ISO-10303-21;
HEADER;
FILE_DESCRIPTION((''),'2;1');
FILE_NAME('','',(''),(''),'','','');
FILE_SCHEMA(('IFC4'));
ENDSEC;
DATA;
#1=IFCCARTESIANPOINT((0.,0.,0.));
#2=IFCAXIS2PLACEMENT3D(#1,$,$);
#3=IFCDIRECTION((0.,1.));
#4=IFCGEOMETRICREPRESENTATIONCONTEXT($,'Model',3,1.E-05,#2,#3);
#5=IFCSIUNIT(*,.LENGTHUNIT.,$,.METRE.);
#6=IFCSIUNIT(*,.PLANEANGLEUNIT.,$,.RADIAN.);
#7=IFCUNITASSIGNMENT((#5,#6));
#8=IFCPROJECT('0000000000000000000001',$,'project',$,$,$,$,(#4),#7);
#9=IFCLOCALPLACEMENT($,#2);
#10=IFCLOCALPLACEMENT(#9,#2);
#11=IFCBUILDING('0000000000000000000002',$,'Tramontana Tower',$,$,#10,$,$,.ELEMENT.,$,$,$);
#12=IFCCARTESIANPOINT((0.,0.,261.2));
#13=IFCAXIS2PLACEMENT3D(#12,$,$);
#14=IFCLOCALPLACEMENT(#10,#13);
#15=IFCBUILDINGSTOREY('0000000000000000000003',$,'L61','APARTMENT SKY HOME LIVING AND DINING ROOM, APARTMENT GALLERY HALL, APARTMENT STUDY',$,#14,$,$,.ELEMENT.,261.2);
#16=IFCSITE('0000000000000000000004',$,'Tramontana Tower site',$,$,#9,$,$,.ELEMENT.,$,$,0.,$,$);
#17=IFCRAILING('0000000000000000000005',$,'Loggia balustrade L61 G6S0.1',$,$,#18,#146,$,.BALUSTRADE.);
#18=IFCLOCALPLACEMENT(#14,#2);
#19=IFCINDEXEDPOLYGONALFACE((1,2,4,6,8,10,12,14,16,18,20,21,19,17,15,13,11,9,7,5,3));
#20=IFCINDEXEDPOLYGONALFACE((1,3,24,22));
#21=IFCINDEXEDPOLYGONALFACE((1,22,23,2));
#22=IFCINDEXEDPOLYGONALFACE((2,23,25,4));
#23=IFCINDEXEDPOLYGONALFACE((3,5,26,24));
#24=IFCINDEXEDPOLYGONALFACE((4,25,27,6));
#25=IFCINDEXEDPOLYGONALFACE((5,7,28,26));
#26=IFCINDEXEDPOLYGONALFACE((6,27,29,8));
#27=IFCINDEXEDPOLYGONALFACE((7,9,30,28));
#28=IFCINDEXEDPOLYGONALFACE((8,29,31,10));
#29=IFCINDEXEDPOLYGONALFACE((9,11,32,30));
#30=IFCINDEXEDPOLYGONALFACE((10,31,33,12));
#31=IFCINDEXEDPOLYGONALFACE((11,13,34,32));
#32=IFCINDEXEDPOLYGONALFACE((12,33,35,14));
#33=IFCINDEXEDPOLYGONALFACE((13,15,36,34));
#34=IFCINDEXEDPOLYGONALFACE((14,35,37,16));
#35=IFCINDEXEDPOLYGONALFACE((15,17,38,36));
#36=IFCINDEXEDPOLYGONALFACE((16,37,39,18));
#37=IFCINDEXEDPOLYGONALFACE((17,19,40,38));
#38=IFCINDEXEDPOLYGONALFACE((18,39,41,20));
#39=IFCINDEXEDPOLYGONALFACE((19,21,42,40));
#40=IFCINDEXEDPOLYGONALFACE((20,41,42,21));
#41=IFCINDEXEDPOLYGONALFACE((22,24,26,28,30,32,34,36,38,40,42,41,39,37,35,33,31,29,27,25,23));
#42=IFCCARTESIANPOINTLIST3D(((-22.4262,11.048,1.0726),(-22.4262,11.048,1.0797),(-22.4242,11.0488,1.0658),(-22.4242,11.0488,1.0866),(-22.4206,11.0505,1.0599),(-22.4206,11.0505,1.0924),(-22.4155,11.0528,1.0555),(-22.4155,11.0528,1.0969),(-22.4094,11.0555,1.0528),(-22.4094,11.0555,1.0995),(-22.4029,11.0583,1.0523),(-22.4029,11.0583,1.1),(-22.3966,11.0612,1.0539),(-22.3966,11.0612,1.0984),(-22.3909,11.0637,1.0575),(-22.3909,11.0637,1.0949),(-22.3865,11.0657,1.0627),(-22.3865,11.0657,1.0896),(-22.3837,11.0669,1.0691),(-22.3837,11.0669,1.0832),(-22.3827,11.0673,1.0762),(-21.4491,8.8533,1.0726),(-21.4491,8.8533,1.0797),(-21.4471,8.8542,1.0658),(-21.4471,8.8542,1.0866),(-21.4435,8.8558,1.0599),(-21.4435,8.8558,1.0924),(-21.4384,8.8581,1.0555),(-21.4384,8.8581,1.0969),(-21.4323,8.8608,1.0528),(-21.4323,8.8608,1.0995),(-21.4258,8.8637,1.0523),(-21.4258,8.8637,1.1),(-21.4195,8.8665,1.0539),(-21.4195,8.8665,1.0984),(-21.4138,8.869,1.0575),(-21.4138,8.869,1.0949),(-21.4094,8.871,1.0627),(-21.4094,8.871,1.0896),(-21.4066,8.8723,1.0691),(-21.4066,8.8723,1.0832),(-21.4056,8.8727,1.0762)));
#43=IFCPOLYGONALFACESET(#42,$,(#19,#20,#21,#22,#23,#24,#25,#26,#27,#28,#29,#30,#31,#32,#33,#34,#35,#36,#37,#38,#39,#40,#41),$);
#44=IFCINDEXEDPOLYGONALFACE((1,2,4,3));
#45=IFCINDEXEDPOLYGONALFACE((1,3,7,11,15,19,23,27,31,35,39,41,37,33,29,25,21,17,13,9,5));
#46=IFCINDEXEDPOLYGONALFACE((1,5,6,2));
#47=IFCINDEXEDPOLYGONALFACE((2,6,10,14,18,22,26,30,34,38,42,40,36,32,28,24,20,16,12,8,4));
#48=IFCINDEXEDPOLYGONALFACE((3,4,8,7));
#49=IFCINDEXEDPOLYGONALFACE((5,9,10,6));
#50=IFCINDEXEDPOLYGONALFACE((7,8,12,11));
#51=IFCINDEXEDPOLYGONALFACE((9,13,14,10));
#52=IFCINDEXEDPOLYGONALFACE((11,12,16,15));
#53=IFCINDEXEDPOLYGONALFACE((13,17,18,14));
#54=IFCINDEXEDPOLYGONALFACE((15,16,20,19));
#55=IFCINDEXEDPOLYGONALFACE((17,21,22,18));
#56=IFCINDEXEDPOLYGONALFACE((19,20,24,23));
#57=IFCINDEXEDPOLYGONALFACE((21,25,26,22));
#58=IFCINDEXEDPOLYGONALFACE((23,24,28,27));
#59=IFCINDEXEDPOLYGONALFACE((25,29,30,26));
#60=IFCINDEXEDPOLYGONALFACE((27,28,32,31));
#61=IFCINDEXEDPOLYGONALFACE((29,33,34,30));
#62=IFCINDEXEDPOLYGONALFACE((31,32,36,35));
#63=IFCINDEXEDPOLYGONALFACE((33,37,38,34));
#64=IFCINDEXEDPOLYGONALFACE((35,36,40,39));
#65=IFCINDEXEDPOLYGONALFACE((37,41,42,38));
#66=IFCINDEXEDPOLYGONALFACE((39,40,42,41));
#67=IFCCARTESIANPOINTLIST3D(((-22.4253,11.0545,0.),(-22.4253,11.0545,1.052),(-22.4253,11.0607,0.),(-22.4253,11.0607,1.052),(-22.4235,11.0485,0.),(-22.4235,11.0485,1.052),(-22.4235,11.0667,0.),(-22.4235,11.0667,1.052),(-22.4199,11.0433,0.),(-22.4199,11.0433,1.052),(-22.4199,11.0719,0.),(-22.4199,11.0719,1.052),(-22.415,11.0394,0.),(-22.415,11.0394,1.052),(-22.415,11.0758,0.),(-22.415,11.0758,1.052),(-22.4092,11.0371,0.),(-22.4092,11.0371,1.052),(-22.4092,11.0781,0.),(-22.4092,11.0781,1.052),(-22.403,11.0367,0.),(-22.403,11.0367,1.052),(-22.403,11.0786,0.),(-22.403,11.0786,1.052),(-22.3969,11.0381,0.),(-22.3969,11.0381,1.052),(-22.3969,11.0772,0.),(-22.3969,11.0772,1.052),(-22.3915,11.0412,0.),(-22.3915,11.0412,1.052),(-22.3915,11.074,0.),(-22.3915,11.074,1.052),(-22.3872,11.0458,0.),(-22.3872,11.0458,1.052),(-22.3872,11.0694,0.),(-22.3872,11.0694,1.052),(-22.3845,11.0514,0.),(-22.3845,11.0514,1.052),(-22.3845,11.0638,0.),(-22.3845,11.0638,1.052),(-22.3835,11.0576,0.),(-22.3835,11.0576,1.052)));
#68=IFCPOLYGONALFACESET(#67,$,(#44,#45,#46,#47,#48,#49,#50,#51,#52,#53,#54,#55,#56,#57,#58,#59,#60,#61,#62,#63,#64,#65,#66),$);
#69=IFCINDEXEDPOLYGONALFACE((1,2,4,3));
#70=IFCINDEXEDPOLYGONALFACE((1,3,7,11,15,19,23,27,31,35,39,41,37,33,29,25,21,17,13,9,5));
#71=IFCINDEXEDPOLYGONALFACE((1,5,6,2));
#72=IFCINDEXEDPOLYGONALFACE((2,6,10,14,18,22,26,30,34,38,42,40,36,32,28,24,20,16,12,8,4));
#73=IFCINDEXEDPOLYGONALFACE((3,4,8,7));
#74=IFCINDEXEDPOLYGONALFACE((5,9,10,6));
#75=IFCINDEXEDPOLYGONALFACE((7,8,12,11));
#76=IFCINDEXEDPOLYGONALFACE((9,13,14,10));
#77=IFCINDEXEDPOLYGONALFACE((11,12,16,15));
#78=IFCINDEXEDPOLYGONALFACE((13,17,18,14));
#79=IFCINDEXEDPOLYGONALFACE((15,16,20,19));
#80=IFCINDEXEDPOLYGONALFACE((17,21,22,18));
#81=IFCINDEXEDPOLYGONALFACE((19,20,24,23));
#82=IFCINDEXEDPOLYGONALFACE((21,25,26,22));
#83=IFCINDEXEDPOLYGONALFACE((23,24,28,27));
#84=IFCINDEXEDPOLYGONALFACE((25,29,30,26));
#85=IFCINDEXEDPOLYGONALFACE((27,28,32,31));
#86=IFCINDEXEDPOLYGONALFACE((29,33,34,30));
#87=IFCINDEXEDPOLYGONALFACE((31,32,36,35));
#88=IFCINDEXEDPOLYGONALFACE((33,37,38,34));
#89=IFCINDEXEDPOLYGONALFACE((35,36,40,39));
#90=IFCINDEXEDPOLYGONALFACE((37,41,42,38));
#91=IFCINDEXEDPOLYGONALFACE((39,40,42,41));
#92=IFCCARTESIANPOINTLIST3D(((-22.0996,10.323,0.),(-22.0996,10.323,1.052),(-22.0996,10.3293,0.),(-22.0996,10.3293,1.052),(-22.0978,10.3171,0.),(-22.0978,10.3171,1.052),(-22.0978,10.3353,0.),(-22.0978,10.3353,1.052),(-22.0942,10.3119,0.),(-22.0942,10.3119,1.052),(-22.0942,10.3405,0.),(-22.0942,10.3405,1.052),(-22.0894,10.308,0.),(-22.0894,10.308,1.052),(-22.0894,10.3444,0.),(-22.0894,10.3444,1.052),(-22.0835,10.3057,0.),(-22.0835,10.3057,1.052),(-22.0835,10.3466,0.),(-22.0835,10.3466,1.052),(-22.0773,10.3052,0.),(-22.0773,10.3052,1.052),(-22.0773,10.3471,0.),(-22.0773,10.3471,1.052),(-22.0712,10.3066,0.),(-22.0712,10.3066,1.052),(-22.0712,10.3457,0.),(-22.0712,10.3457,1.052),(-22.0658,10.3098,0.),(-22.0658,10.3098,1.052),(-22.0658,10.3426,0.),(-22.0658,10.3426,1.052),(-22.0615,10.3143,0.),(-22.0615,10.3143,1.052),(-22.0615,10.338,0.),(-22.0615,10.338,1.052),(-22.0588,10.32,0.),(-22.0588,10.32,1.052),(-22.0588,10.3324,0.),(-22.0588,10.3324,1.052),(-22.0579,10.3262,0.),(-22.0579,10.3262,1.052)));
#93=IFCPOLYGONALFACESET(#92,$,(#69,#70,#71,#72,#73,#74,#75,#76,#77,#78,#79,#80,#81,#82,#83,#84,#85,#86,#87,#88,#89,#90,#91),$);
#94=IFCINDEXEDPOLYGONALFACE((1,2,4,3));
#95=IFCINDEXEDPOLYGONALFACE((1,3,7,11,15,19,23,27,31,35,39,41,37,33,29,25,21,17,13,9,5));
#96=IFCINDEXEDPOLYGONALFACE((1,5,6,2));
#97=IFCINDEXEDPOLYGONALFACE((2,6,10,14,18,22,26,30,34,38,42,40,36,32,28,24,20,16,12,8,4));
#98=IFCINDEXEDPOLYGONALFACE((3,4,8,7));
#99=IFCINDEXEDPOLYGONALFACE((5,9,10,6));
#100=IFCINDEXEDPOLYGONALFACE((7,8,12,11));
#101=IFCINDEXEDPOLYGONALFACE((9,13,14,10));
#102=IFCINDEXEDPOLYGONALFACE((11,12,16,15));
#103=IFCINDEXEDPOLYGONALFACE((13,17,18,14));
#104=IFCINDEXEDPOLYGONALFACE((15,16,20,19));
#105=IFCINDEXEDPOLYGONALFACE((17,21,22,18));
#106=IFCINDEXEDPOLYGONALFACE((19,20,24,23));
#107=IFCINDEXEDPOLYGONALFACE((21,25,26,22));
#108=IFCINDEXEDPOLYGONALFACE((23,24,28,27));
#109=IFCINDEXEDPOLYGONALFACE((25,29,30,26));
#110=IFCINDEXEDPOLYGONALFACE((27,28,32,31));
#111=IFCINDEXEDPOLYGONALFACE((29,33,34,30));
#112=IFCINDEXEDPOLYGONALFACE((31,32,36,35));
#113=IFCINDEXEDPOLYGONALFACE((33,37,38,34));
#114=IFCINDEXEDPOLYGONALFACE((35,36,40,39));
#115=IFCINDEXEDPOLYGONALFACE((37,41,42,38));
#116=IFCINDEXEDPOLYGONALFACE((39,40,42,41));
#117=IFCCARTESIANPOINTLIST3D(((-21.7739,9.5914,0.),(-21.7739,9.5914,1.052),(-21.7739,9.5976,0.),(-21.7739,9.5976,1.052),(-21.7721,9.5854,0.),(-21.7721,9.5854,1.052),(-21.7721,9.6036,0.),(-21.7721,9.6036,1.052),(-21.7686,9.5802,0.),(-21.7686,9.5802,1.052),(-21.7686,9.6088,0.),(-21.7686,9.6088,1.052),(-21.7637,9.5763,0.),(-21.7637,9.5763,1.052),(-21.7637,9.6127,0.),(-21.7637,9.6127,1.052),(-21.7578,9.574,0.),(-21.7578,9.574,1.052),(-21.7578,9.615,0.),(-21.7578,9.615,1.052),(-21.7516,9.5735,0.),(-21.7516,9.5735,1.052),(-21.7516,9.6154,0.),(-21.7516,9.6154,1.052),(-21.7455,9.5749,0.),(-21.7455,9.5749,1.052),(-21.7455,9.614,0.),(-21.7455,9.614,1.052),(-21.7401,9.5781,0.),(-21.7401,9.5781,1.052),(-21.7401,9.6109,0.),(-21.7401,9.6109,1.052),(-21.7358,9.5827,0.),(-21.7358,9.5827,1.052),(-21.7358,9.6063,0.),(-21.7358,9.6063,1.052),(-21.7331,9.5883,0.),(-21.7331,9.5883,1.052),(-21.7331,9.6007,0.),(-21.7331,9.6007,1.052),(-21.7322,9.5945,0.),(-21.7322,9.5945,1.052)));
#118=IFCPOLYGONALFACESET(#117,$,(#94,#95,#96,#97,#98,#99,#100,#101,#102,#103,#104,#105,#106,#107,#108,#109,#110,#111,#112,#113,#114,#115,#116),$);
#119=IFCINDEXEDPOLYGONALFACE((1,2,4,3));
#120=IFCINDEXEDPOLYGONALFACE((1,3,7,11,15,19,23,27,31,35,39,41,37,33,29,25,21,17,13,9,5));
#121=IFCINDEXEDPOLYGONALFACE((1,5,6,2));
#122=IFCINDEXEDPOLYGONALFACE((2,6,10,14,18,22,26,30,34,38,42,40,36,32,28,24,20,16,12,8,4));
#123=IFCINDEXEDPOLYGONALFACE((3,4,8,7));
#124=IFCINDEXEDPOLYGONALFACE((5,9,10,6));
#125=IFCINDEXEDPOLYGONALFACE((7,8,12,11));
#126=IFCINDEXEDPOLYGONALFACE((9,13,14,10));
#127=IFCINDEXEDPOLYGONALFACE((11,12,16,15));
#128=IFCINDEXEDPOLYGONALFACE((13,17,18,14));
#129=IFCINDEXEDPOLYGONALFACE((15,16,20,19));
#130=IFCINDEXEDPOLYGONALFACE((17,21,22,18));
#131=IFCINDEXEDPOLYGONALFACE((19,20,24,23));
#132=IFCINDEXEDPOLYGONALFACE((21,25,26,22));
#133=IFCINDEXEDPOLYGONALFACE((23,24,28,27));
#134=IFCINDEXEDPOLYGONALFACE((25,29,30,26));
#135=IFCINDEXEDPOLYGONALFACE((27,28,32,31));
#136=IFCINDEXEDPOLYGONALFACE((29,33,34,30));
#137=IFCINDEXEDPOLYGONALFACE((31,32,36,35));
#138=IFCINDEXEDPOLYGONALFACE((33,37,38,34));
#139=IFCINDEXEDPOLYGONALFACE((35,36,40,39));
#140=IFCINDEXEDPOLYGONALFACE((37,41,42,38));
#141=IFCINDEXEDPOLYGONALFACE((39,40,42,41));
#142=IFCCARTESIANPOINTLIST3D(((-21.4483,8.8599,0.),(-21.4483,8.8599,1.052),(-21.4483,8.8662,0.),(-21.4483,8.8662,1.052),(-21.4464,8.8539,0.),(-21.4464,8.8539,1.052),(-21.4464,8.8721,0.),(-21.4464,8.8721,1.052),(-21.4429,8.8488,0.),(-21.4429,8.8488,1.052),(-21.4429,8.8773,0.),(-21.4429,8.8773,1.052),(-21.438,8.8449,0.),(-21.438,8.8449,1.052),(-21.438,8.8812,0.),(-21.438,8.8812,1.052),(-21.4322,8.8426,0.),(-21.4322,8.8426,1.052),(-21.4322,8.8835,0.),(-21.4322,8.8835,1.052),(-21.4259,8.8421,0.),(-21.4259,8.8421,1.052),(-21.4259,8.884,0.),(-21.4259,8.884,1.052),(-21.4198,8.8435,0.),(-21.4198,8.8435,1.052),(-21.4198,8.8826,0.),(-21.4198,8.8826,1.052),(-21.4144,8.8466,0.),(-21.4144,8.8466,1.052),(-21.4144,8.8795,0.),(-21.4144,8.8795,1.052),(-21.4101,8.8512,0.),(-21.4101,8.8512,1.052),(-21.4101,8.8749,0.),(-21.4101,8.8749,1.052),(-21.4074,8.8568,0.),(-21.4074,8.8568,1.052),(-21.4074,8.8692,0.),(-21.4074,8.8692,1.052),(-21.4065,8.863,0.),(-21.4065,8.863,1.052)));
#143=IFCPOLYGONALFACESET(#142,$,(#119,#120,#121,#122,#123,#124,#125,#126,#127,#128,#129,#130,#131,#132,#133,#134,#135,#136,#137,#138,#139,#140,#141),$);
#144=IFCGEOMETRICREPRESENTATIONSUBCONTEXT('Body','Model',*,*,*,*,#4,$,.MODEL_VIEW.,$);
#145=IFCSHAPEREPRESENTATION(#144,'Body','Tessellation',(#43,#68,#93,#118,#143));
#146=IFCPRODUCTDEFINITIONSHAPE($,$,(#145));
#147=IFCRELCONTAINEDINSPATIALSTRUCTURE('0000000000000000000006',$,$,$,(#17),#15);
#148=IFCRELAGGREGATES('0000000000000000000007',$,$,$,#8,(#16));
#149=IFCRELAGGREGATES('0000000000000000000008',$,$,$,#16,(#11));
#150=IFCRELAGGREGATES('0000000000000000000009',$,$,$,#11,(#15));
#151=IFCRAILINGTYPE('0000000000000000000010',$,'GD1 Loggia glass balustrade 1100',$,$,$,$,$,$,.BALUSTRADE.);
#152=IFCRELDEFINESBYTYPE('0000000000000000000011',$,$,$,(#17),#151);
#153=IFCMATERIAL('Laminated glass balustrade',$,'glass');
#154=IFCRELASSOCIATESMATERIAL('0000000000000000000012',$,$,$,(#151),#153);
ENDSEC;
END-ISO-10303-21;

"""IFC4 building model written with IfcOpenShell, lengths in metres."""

from ifc_helpers import new_model, si_unit, direction, frame, origin, origin_2d, place, context, subcontext, project, spatial, circle, extrude, material, type_object, element, save


model = new_model("IFC4")

# Units and contexts
model_context = context("Model", 3, precision=1e-05, world=origin(), true_north=direction((0.0, 1.0)))
body_context = subcontext(model_context, "Body", "Model", "MODEL_VIEW")
ifc_project = project(units=[si_unit("LENGTHUNIT", "METRE"), si_unit("PLANEANGLEUNIT", "RADIAN")], contexts=[model_context])

# Site, building, storey
site_placement = place(None, origin())
site = spatial("IfcSite", under=ifc_project, at=site_placement, Name="Tramontana Tower site", CompositionType="ELEMENT", RefElevation=0.0)
building_placement = place(site_placement, origin())
building = spatial("IfcBuilding", under=site, at=building_placement, Name="Tramontana Tower", CompositionType="ELEMENT")
storey_placement = place(building_placement, frame((0.0, 0.0, 261.2)))
storey = spatial("IfcBuildingStorey", under=building, at=storey_placement, Name="L61", Description="APARTMENT SKY HOME LIVING AND DINING ROOM, APARTMENT GALLERY HALL, APARTMENT STUDY", CompositionType="ELEMENT", Elevation=261.2)

# Railing
ifc_material_1 = material(Name="Laminated glass balustrade", Category="glass")
railing_type = type_object("IfcRailingType", Name="GD1 Loggia glass balustrade 1100", PredefinedType="BALUSTRADE", material=ifc_material_1)
railing_placement = place(storey_placement, frame((-22.4045, 11.0576, 0.0)))
element("IfcRailing", 1, at=railing_placement, inside=storey, type_object=railing_type, Name="Loggia balustrade L61 G6S0.1", PredefinedType="BALUSTRADE", context=body_context, shape_type="SweptSolid", body=[
    extrude(circle(Radius=0.0239, at=origin_2d()), frame((0.0, 0.0, 1.0762), z_axis=(0.406723, -0.913552, 0.0), x_axis=(0.913552, 0.406723, 0.0)), (0.0, 0.0, 1.0), 2.4023),
    extrude(circle(Radius=0.021, at=origin_2d()), origin(), (0.0, 0.0, 1.0), 1.052),
    extrude(circle(Radius=0.021, at=origin_2d()), frame((0.3257, -0.7314, 0.0)), (0.0, 0.0, 1.0), 1.052),
    extrude(circle(Radius=0.021, at=origin_2d()), frame((0.6514, -1.4631, 0.0)), (0.0, 0.0, 1.0), 1.052),
    extrude(circle(Radius=0.021, at=origin_2d()), frame((0.9771, -2.1946, 0.0)), (0.0, 0.0, 1.0), 1.052),
])

save(model, "model.ifc")
